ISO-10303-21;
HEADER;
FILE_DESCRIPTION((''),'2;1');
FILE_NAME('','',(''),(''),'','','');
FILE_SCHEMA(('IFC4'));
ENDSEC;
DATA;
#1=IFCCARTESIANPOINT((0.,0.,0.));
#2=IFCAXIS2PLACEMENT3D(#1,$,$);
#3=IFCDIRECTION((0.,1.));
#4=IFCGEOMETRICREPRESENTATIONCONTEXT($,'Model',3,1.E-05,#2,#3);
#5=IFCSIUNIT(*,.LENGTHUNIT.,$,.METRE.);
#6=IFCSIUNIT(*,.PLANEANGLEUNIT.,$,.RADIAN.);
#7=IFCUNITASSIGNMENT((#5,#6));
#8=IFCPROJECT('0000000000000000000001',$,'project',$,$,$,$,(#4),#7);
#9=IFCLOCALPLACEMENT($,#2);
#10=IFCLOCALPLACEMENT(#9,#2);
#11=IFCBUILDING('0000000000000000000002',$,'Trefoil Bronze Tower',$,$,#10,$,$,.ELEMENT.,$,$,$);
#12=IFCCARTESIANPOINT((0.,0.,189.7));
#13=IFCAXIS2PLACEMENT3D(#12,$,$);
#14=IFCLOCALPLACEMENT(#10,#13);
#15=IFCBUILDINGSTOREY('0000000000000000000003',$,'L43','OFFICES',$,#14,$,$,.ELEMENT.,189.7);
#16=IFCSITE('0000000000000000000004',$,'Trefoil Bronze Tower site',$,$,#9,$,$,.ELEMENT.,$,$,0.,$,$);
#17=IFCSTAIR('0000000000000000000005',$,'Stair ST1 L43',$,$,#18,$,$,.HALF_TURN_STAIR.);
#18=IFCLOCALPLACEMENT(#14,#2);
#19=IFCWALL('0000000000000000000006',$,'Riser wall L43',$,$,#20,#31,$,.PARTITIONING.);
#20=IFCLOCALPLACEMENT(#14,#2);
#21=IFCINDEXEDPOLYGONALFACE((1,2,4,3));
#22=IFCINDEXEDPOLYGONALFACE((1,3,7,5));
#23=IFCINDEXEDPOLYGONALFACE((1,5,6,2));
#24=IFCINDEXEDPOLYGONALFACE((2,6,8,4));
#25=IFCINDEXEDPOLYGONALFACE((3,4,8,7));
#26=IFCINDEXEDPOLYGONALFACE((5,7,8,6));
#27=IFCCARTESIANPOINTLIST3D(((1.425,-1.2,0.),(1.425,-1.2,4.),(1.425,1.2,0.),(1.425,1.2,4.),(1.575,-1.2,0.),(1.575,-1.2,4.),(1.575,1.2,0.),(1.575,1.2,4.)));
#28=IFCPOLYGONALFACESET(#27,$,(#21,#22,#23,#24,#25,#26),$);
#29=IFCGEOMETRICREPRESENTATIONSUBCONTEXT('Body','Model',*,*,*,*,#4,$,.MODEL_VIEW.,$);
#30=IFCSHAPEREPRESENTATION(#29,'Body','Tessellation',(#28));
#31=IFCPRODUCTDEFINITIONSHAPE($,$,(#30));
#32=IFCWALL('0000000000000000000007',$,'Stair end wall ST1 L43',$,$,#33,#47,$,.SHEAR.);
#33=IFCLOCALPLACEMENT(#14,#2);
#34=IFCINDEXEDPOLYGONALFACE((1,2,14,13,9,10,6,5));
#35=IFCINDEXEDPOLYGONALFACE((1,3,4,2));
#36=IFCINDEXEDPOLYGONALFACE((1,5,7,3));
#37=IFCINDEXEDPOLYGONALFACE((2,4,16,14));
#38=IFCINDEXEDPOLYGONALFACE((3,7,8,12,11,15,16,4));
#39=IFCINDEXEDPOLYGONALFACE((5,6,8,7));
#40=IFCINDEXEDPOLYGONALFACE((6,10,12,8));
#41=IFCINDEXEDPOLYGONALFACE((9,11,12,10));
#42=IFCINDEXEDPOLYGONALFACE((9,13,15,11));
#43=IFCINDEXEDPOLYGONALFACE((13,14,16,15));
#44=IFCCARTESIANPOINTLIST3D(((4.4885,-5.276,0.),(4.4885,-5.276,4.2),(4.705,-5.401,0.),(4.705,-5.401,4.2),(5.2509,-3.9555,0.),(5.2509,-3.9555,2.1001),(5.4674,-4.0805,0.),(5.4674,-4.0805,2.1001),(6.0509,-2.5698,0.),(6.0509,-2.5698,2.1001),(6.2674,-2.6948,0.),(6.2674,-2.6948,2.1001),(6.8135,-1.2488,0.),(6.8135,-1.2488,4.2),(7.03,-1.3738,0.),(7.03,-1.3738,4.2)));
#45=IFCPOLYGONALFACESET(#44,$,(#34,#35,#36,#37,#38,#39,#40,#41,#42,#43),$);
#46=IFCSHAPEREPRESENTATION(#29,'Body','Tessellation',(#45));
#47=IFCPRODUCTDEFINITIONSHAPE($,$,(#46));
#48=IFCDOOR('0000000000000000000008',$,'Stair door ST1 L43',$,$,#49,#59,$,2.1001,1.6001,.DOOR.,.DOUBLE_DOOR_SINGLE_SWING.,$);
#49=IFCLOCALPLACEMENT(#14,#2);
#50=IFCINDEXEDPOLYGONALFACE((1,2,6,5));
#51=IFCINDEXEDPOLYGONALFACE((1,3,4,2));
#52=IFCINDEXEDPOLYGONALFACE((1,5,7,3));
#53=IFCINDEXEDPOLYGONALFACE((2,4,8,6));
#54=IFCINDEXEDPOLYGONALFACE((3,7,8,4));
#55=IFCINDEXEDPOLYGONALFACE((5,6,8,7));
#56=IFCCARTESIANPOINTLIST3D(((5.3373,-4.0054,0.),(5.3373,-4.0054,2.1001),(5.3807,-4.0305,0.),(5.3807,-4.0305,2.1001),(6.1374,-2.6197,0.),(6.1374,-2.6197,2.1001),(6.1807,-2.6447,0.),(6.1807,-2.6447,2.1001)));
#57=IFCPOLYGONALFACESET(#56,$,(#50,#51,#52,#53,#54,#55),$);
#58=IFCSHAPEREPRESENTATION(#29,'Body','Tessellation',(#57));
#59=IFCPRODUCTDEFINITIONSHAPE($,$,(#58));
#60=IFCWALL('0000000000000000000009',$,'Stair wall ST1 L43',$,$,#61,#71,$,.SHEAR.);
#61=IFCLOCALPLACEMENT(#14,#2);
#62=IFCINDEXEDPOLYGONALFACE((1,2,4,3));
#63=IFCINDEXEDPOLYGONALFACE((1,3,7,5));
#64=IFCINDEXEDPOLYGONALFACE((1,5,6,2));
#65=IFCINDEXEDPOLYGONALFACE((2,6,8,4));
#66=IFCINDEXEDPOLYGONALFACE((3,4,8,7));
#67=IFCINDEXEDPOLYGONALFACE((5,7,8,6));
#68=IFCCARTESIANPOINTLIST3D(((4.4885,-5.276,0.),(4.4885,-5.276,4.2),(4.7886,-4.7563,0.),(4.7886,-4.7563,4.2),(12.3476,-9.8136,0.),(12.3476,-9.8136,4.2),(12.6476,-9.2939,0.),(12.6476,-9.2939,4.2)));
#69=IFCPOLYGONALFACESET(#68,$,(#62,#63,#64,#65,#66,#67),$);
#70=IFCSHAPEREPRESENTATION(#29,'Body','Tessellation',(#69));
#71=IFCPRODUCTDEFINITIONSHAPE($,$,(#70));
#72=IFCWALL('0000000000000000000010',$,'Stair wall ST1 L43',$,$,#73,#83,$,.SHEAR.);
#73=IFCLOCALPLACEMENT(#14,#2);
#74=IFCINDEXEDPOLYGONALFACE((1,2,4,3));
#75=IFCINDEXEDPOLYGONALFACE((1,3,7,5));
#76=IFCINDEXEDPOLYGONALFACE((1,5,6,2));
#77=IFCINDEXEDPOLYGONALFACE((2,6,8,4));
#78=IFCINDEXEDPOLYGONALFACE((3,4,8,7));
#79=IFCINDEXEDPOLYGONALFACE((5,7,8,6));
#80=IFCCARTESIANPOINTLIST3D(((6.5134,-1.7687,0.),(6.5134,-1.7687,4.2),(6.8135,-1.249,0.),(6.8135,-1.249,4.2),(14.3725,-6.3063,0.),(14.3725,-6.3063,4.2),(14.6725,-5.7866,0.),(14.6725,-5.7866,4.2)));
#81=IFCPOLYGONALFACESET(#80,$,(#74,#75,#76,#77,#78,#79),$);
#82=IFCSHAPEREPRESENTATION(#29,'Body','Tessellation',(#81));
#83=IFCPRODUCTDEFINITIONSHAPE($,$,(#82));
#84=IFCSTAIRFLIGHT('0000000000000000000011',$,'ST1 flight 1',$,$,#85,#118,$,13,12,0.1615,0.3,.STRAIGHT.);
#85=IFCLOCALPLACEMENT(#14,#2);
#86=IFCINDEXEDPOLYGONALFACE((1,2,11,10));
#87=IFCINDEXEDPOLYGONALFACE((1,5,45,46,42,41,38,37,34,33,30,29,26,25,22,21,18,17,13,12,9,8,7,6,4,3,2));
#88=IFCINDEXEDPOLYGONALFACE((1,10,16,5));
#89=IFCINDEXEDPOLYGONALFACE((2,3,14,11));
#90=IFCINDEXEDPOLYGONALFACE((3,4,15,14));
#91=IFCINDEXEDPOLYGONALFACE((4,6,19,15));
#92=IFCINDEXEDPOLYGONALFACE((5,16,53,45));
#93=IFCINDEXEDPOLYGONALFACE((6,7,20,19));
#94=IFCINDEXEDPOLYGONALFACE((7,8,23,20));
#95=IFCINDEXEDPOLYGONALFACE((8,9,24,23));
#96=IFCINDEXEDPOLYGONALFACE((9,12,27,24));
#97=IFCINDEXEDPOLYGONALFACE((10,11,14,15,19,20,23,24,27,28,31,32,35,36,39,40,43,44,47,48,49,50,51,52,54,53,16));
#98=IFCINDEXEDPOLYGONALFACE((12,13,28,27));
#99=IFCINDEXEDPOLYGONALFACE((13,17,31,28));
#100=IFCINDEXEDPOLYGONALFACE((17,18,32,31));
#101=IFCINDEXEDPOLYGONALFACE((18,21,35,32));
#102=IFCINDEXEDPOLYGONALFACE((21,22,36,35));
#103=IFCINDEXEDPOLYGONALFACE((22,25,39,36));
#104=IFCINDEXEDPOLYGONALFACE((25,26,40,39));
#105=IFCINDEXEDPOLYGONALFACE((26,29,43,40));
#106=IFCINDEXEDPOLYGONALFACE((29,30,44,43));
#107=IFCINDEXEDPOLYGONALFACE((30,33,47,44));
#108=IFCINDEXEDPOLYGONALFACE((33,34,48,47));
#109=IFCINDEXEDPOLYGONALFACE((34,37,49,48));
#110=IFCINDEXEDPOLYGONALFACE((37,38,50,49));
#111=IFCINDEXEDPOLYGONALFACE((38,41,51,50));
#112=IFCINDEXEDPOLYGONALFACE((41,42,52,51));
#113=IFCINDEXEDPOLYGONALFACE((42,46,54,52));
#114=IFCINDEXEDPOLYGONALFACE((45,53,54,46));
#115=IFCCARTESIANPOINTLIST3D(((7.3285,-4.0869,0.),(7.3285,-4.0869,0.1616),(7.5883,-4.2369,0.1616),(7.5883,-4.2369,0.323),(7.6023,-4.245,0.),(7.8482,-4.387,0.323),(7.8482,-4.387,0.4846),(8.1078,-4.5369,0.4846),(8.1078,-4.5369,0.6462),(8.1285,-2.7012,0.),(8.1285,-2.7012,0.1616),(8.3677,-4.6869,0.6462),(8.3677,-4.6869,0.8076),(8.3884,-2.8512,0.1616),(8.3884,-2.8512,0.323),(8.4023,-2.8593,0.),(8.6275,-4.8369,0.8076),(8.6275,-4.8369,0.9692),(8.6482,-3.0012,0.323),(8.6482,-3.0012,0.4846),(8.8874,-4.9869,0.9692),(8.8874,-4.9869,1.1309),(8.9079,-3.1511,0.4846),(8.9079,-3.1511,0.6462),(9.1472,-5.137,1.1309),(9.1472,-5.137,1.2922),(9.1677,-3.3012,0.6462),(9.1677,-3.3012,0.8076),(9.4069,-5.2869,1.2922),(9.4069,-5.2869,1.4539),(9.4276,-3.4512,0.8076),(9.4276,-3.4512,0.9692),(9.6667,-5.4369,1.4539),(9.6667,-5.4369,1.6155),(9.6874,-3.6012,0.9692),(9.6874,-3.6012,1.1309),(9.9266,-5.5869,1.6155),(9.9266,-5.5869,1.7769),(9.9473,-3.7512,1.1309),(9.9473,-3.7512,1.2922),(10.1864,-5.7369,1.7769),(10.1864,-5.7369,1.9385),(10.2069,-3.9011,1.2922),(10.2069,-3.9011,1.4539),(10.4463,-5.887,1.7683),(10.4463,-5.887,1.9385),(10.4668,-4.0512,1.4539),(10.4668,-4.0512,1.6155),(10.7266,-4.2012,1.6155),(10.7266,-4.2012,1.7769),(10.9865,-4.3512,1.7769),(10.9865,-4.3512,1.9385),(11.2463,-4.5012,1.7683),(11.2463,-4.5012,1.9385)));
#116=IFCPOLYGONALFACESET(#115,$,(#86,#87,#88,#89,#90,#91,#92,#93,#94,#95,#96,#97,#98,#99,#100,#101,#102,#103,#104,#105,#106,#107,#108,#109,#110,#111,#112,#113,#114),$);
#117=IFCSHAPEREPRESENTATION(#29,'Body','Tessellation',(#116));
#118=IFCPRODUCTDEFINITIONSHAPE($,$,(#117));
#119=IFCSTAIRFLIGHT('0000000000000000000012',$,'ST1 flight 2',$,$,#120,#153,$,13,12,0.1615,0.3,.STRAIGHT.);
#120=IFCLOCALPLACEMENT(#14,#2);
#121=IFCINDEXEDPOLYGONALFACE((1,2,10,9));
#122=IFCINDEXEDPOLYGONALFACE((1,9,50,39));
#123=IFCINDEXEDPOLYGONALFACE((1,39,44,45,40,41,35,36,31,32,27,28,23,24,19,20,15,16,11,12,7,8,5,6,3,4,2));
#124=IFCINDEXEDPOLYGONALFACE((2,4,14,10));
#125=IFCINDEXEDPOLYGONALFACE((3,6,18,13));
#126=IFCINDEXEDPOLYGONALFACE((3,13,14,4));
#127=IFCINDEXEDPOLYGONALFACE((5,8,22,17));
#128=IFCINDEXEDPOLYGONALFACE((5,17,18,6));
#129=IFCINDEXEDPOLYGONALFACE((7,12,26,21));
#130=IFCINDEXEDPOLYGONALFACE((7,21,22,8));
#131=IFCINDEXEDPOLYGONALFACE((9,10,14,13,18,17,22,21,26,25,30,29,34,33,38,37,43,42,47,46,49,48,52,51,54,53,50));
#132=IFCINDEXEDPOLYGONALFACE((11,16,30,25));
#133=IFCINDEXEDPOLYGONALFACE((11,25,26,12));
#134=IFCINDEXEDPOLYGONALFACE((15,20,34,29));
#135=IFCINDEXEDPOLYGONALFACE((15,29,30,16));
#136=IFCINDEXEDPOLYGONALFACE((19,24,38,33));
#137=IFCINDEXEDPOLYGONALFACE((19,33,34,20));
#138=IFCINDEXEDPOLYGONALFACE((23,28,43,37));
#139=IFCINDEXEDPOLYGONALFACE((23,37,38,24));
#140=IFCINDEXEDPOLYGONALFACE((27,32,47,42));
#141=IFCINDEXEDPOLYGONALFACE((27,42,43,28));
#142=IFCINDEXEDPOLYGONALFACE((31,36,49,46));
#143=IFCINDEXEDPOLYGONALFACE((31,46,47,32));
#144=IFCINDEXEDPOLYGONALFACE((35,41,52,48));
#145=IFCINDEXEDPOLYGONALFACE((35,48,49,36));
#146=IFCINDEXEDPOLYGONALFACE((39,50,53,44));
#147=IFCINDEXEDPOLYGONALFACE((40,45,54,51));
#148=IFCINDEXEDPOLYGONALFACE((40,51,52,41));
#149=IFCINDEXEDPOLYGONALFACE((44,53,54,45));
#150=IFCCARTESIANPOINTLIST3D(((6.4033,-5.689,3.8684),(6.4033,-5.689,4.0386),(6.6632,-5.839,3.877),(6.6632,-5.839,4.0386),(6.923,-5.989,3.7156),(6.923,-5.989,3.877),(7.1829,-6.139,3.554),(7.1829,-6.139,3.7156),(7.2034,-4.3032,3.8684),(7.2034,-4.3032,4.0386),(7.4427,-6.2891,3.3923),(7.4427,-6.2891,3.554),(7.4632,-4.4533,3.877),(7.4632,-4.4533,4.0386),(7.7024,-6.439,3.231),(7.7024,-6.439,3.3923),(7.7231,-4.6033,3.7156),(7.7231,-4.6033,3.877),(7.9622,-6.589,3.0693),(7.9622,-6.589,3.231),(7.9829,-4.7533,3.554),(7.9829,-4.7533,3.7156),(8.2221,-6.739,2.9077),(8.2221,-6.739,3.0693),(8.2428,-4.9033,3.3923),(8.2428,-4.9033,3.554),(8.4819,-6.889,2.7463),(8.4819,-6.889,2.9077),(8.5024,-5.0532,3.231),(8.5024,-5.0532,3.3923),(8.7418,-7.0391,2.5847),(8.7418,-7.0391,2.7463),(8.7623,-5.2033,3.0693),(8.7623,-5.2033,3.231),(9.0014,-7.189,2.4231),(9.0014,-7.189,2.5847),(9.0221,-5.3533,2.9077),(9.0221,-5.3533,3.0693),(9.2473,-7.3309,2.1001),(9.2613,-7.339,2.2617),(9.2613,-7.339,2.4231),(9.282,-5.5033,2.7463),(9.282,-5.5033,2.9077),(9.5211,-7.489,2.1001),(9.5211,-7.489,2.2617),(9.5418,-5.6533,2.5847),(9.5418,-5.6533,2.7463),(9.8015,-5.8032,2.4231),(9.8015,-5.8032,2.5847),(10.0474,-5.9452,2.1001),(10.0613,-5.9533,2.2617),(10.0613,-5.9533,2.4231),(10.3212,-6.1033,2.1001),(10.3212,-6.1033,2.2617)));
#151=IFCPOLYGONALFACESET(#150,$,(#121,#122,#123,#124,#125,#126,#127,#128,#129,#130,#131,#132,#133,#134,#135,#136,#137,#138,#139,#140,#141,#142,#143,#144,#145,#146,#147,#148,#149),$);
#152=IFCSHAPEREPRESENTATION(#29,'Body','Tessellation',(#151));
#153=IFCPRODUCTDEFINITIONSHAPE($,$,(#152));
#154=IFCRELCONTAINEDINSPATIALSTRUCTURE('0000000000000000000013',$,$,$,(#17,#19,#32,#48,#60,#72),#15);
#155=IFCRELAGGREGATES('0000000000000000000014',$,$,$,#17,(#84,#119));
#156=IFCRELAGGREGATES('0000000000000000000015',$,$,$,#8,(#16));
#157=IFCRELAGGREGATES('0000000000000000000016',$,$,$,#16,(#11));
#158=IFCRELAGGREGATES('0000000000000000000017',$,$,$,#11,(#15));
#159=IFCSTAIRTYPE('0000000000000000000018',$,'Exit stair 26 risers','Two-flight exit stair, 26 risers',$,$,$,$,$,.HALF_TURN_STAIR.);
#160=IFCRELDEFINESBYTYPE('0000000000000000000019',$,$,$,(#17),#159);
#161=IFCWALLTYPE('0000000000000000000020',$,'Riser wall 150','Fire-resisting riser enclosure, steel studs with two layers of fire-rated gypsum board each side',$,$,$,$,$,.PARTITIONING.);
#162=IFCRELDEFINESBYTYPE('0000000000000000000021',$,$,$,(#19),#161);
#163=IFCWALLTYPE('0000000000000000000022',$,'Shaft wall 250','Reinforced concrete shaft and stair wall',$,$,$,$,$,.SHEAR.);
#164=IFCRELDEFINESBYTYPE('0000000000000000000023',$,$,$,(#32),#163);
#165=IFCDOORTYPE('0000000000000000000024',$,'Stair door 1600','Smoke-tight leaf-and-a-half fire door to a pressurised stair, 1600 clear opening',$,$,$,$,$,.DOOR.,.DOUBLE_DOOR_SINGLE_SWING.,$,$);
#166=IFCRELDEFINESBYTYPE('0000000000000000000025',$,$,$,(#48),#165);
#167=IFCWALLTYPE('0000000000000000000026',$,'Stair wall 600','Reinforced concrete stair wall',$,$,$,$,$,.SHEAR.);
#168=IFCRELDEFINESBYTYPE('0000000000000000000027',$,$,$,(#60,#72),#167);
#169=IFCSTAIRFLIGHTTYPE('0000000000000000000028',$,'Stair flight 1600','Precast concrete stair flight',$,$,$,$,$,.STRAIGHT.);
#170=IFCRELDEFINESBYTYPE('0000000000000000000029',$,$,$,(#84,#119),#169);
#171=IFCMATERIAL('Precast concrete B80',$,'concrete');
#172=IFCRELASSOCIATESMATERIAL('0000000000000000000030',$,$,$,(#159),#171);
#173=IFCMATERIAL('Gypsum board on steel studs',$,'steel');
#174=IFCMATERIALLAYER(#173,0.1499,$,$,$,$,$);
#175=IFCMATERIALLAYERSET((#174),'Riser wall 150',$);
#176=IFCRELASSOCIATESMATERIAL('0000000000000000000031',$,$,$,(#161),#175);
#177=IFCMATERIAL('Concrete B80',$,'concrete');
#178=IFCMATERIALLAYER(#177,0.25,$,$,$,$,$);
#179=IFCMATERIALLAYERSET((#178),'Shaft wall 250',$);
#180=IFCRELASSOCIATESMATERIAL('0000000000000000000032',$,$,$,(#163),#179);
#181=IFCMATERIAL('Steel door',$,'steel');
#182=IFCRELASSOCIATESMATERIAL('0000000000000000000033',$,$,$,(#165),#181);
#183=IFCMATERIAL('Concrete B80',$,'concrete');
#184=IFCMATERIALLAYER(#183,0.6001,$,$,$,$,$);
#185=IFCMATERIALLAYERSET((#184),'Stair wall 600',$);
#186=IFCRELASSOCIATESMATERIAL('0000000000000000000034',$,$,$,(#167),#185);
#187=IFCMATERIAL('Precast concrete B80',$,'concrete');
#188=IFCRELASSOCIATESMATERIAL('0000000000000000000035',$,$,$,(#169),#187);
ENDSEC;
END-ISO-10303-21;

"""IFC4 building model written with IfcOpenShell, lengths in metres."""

from ifc_helpers import new_model, si_unit, direction, frame, frame_2d, origin, place, context, subcontext, project, spatial, polyline, rectangle, outline, extrude, material, layer, layer_set, type_object, element, fill, aggregate, save


model = new_model("IFC4")

# Units and contexts
model_context = context("Model", 3, precision=1e-05, world=origin(), true_north=direction((0.0, 1.0)))
body_context = subcontext(model_context, "Body", "Model", "MODEL_VIEW")
ifc_project = project(units=[si_unit("LENGTHUNIT", "METRE"), si_unit("PLANEANGLEUNIT", "RADIAN")], contexts=[model_context])

# Site, building, storey
site_placement = place(None, origin())
site = spatial("IfcSite", under=ifc_project, at=site_placement, Name="Trefoil Bronze Tower site", CompositionType="ELEMENT", RefElevation=0.0)
building_placement = place(site_placement, origin())
building = spatial("IfcBuilding", under=site, at=building_placement, Name="Trefoil Bronze Tower", CompositionType="ELEMENT")
storey_placement = place(building_placement, frame((0.0, 0.0, 189.7)))
storey = spatial("IfcBuildingStorey", under=building, at=storey_placement, Name="L43", Description="OFFICES", CompositionType="ELEMENT", Elevation=189.7)

# Stair
ifc_material_1 = material(Name="Precast concrete B80", Category="concrete")
stair_type = type_object("IfcStairType", Name="Exit stair 26 risers", Description="Two-flight exit stair, 26 risers", PredefinedType="HALF_TURN_STAIR", material=ifc_material_1)
stair_1_placement = place(storey_placement, origin())
stair_1 = element("IfcStair", 1, at=stair_1_placement, inside=storey, type_object=stair_type, Name="Stair ST1 L43", PredefinedType="HALF_TURN_STAIR")

# Wall
ifc_material_2 = material(Name="Gypsum board on steel studs", Category="steel")
ifc_layer_1 = layer(ifc_material_2, 0.1499)
ifc_layer_set_1 = layer_set([ifc_layer_1], Name="Riser wall 150")
wall_type_1 = type_object("IfcWallType", Name="Riser wall 150", Description="Fire-resisting riser enclosure, steel studs with two layers of fire-rated gypsum board each side", PredefinedType="PARTITIONING", material=ifc_layer_set_1)
wall_1_placement = place(storey_placement, frame((1.5, -1.2, 0.0), z_axis=(0.0, 0.0, 1.0), x_axis=(0.0, 1.0, 0.0)))
element("IfcWall", 2, at=wall_1_placement, inside=storey, type_object=wall_type_1, Name="Riser wall L43", PredefinedType="PARTITIONING", context=body_context, shape_type="SweptSolid", body=[
    extrude(rectangle(XDim=2.3999, YDim=0.1499, at=frame_2d((1.2, 0.0))), origin(), (0.0, 0.0, 1.0), 4.0),
])

# Wall, opening, door
ifc_material_3 = material(Name="Concrete B80", Category="concrete")
ifc_layer_2 = layer(ifc_material_3, 0.25)
ifc_layer_set_2 = layer_set([ifc_layer_2], Name="Shaft wall 250")
wall_type_2 = type_object("IfcWallType", Name="Shaft wall 250", Description="Reinforced concrete shaft and stair wall", PredefinedType="SHEAR", material=ifc_layer_set_2)
wall_2_placement = place(storey_placement, frame((4.5967, -5.3386, 0.0), z_axis=(0.0, 0.0, 1.0), x_axis=(0.499985, 0.866034, 0.0)))
wall_2 = element("IfcWall", 3, at=wall_2_placement, inside=storey, type_object=wall_type_2, Name="Stair end wall ST1 L43", PredefinedType="SHEAR", context=body_context, shape_type="SweptSolid", body=[
    extrude(rectangle(XDim=4.6501, YDim=0.25, at=frame_2d((2.3252, 0.0))), origin(), (0.0, 0.0, 1.0), 4.2),
])
opening_1_placement = place(wall_2_placement, frame((1.5249, 0.0, 0.0)))
opening_1 = element("IfcOpeningElement", 4, at=opening_1_placement, cuts=wall_2, PredefinedType="OPENING", context=body_context, shape_type="SweptSolid", body=[
    extrude(rectangle(XDim=1.6001, YDim=2.1001, at=frame_2d((0.8, 1.05))), frame((0.0, 0.135, 0.0), z_axis=(0.0, -1.0, 0.0), x_axis=(1.0, 0.0, 0.0)), (0.0, 0.0, 1.0), 0.27),
])
ifc_material_4 = material(Name="Steel door", Category="steel")
door_type_1 = type_object("IfcDoorType", Name="Stair door 1600", Description="Smoke-tight leaf-and-a-half fire door to a pressurised stair, 1600 clear opening", OperationType="DOUBLE_DOOR_SINGLE_SWING", PredefinedType="DOOR", material=ifc_material_4)
door_1_placement = place(opening_1_placement, frame((1.6001, 0.0, 0.0), z_axis=(0.0, 0.0, 1.0), x_axis=(-1.0, 0.0, 0.0)))
door_1 = element("IfcDoor", 5, at=door_1_placement, inside=storey, type_object=door_type_1, Name="Stair door ST1 L43", OperationType="DOUBLE_DOOR_SINGLE_SWING", OverallHeight=2.1001, OverallWidth=1.6001, PredefinedType="DOOR", context=body_context, shape_type="SweptSolid", body=[
    extrude(rectangle(XDim=1.6001, YDim=2.1001, at=frame_2d((0.8, 1.05))), frame((0.0, 0.0249, 0.0), z_axis=(0.0, -1.0, 0.0), x_axis=(1.0, 0.0, 0.0)), (0.0, 0.0, 1.0), 0.05),
])
fill(opening_1, door_1)

# Walls
ifc_material_5 = material(Name="Concrete B80", Category="concrete")
ifc_layer_3 = layer(ifc_material_5, 0.6001)
ifc_layer_set_3 = layer_set([ifc_layer_3], Name="Stair wall 600")
wall_type_3 = type_object("IfcWallType", Name="Stair wall 600", Description="Reinforced concrete stair wall", PredefinedType="SHEAR", material=ifc_layer_set_3)
for number, where, z_axis, x_axis, name in (
    (6, (4.6384, -5.0161, 0.0), (0.0, 0.0, 1.0), (0.866019, -0.50001, 0.0), "Stair wall ST1 L43"),
    (7, (6.6633, -1.5088, 0.0), (0.0, 0.0, 1.0), (0.866019, -0.50001, 0.0), "Stair wall ST1 L43"),
):
    element("IfcWall", number, at=place(storey_placement, frame(where, z_axis=z_axis, x_axis=x_axis)), inside=storey, type_object=wall_type_3, Name=name, PredefinedType="SHEAR", context=body_context, shape_type="SweptSolid", body=[
        extrude(rectangle(XDim=9.075, YDim=0.6001, at=frame_2d((4.5376, 0.0))), origin(), (0.0, 0.0, 1.0), 4.2),
    ])

# Stair flights
ifc_material_6 = material(Name="Precast concrete B80", Category="concrete")
stair_flight_type = type_object("IfcStairFlightType", Name="Stair flight 1600", Description="Precast concrete stair flight", PredefinedType="STRAIGHT", material=ifc_material_6)
stair_flight_1_placement = place(storey_placement, frame((7.7285, -3.394, 0.0), z_axis=(0.0, 0.0, 1.0), x_axis=(0.866025, -0.5, 0.0)))
stair_flight_1 = element("IfcStairFlight", 8, at=stair_flight_1_placement, type_object=stair_flight_type, Name="ST1 flight 1", NumberOfRisers=13, NumberOfTreads=12, PredefinedType="STRAIGHT", RiserHeight=0.1615, TreadLength=0.3, context=body_context, shape_type="SweptSolid", body=[
    extrude(outline(polyline([(0.0, 0.0), (0.0, 0.1616), (0.3, 0.1616), (0.3, 0.323), (0.6001, 0.323), (0.6001, 0.4846), (0.8999, 0.4846), (0.8999, 0.6462), (1.2, 0.6462), (1.2, 0.8076), (1.5, 0.8076), (1.5, 0.9692), (1.8, 0.9692), (1.8, 1.1309), (2.1001, 1.1309), (2.1001, 1.2922), (2.3999, 1.2922), (2.3999, 1.4539), (2.7, 1.4539), (2.7, 1.6155), (3.0, 1.6155), (3.0, 1.7769), (3.3, 1.7769), (3.3, 1.9385), (3.6001, 1.9385), (3.6001, 2.1001), (3.6001, 1.7683), (0.3162, 0.0), (0.0, 0.0)])), frame((0.0, 0.8, 0.0), z_axis=(0.0, -1.0, 0.0), x_axis=(1.0, 0.0, 0.0)), (0.0, 0.0, 1.0), 1.6001),
])
stair_flight_2_placement = place(storey_placement, frame((9.9211, -6.7961, 2.1001), z_axis=(0.0, 0.0, 1.0), x_axis=(-0.866025, 0.5, 0.0)))
stair_flight_2 = element("IfcStairFlight", 9, at=stair_flight_2_placement, type_object=stair_flight_type, Name="ST1 flight 2", NumberOfRisers=13, NumberOfTreads=12, PredefinedType="STRAIGHT", RiserHeight=0.1615, TreadLength=0.3, context=body_context, shape_type="SweptSolid", body=[
    extrude(outline(polyline([(0.0, 0.0), (0.0, 0.1616), (0.3, 0.1616), (0.3, 0.323), (0.6001, 0.323), (0.6001, 0.4846), (0.8999, 0.4846), (0.8999, 0.6462), (1.2, 0.6462), (1.2, 0.8076), (1.5, 0.8076), (1.5, 0.9692), (1.8, 0.9692), (1.8, 1.1309), (2.1001, 1.1309), (2.1001, 1.2922), (2.3999, 1.2922), (2.3999, 1.4539), (2.7, 1.4539), (2.7, 1.6155), (3.0, 1.6155), (3.0, 1.7769), (3.3, 1.7769), (3.3, 1.9385), (3.6001, 1.9385), (3.6001, 2.1001), (3.6001, 1.7683), (0.3162, 0.0), (0.0, 0.0)])), frame((0.0, 0.8, 0.0), z_axis=(0.0, -1.0, 0.0), x_axis=(1.0, 0.0, 0.0)), (0.0, 0.0, 1.0), 1.6001),
])
aggregate(stair_1, [stair_flight_1, stair_flight_2])

save(model, "model.ifc")
